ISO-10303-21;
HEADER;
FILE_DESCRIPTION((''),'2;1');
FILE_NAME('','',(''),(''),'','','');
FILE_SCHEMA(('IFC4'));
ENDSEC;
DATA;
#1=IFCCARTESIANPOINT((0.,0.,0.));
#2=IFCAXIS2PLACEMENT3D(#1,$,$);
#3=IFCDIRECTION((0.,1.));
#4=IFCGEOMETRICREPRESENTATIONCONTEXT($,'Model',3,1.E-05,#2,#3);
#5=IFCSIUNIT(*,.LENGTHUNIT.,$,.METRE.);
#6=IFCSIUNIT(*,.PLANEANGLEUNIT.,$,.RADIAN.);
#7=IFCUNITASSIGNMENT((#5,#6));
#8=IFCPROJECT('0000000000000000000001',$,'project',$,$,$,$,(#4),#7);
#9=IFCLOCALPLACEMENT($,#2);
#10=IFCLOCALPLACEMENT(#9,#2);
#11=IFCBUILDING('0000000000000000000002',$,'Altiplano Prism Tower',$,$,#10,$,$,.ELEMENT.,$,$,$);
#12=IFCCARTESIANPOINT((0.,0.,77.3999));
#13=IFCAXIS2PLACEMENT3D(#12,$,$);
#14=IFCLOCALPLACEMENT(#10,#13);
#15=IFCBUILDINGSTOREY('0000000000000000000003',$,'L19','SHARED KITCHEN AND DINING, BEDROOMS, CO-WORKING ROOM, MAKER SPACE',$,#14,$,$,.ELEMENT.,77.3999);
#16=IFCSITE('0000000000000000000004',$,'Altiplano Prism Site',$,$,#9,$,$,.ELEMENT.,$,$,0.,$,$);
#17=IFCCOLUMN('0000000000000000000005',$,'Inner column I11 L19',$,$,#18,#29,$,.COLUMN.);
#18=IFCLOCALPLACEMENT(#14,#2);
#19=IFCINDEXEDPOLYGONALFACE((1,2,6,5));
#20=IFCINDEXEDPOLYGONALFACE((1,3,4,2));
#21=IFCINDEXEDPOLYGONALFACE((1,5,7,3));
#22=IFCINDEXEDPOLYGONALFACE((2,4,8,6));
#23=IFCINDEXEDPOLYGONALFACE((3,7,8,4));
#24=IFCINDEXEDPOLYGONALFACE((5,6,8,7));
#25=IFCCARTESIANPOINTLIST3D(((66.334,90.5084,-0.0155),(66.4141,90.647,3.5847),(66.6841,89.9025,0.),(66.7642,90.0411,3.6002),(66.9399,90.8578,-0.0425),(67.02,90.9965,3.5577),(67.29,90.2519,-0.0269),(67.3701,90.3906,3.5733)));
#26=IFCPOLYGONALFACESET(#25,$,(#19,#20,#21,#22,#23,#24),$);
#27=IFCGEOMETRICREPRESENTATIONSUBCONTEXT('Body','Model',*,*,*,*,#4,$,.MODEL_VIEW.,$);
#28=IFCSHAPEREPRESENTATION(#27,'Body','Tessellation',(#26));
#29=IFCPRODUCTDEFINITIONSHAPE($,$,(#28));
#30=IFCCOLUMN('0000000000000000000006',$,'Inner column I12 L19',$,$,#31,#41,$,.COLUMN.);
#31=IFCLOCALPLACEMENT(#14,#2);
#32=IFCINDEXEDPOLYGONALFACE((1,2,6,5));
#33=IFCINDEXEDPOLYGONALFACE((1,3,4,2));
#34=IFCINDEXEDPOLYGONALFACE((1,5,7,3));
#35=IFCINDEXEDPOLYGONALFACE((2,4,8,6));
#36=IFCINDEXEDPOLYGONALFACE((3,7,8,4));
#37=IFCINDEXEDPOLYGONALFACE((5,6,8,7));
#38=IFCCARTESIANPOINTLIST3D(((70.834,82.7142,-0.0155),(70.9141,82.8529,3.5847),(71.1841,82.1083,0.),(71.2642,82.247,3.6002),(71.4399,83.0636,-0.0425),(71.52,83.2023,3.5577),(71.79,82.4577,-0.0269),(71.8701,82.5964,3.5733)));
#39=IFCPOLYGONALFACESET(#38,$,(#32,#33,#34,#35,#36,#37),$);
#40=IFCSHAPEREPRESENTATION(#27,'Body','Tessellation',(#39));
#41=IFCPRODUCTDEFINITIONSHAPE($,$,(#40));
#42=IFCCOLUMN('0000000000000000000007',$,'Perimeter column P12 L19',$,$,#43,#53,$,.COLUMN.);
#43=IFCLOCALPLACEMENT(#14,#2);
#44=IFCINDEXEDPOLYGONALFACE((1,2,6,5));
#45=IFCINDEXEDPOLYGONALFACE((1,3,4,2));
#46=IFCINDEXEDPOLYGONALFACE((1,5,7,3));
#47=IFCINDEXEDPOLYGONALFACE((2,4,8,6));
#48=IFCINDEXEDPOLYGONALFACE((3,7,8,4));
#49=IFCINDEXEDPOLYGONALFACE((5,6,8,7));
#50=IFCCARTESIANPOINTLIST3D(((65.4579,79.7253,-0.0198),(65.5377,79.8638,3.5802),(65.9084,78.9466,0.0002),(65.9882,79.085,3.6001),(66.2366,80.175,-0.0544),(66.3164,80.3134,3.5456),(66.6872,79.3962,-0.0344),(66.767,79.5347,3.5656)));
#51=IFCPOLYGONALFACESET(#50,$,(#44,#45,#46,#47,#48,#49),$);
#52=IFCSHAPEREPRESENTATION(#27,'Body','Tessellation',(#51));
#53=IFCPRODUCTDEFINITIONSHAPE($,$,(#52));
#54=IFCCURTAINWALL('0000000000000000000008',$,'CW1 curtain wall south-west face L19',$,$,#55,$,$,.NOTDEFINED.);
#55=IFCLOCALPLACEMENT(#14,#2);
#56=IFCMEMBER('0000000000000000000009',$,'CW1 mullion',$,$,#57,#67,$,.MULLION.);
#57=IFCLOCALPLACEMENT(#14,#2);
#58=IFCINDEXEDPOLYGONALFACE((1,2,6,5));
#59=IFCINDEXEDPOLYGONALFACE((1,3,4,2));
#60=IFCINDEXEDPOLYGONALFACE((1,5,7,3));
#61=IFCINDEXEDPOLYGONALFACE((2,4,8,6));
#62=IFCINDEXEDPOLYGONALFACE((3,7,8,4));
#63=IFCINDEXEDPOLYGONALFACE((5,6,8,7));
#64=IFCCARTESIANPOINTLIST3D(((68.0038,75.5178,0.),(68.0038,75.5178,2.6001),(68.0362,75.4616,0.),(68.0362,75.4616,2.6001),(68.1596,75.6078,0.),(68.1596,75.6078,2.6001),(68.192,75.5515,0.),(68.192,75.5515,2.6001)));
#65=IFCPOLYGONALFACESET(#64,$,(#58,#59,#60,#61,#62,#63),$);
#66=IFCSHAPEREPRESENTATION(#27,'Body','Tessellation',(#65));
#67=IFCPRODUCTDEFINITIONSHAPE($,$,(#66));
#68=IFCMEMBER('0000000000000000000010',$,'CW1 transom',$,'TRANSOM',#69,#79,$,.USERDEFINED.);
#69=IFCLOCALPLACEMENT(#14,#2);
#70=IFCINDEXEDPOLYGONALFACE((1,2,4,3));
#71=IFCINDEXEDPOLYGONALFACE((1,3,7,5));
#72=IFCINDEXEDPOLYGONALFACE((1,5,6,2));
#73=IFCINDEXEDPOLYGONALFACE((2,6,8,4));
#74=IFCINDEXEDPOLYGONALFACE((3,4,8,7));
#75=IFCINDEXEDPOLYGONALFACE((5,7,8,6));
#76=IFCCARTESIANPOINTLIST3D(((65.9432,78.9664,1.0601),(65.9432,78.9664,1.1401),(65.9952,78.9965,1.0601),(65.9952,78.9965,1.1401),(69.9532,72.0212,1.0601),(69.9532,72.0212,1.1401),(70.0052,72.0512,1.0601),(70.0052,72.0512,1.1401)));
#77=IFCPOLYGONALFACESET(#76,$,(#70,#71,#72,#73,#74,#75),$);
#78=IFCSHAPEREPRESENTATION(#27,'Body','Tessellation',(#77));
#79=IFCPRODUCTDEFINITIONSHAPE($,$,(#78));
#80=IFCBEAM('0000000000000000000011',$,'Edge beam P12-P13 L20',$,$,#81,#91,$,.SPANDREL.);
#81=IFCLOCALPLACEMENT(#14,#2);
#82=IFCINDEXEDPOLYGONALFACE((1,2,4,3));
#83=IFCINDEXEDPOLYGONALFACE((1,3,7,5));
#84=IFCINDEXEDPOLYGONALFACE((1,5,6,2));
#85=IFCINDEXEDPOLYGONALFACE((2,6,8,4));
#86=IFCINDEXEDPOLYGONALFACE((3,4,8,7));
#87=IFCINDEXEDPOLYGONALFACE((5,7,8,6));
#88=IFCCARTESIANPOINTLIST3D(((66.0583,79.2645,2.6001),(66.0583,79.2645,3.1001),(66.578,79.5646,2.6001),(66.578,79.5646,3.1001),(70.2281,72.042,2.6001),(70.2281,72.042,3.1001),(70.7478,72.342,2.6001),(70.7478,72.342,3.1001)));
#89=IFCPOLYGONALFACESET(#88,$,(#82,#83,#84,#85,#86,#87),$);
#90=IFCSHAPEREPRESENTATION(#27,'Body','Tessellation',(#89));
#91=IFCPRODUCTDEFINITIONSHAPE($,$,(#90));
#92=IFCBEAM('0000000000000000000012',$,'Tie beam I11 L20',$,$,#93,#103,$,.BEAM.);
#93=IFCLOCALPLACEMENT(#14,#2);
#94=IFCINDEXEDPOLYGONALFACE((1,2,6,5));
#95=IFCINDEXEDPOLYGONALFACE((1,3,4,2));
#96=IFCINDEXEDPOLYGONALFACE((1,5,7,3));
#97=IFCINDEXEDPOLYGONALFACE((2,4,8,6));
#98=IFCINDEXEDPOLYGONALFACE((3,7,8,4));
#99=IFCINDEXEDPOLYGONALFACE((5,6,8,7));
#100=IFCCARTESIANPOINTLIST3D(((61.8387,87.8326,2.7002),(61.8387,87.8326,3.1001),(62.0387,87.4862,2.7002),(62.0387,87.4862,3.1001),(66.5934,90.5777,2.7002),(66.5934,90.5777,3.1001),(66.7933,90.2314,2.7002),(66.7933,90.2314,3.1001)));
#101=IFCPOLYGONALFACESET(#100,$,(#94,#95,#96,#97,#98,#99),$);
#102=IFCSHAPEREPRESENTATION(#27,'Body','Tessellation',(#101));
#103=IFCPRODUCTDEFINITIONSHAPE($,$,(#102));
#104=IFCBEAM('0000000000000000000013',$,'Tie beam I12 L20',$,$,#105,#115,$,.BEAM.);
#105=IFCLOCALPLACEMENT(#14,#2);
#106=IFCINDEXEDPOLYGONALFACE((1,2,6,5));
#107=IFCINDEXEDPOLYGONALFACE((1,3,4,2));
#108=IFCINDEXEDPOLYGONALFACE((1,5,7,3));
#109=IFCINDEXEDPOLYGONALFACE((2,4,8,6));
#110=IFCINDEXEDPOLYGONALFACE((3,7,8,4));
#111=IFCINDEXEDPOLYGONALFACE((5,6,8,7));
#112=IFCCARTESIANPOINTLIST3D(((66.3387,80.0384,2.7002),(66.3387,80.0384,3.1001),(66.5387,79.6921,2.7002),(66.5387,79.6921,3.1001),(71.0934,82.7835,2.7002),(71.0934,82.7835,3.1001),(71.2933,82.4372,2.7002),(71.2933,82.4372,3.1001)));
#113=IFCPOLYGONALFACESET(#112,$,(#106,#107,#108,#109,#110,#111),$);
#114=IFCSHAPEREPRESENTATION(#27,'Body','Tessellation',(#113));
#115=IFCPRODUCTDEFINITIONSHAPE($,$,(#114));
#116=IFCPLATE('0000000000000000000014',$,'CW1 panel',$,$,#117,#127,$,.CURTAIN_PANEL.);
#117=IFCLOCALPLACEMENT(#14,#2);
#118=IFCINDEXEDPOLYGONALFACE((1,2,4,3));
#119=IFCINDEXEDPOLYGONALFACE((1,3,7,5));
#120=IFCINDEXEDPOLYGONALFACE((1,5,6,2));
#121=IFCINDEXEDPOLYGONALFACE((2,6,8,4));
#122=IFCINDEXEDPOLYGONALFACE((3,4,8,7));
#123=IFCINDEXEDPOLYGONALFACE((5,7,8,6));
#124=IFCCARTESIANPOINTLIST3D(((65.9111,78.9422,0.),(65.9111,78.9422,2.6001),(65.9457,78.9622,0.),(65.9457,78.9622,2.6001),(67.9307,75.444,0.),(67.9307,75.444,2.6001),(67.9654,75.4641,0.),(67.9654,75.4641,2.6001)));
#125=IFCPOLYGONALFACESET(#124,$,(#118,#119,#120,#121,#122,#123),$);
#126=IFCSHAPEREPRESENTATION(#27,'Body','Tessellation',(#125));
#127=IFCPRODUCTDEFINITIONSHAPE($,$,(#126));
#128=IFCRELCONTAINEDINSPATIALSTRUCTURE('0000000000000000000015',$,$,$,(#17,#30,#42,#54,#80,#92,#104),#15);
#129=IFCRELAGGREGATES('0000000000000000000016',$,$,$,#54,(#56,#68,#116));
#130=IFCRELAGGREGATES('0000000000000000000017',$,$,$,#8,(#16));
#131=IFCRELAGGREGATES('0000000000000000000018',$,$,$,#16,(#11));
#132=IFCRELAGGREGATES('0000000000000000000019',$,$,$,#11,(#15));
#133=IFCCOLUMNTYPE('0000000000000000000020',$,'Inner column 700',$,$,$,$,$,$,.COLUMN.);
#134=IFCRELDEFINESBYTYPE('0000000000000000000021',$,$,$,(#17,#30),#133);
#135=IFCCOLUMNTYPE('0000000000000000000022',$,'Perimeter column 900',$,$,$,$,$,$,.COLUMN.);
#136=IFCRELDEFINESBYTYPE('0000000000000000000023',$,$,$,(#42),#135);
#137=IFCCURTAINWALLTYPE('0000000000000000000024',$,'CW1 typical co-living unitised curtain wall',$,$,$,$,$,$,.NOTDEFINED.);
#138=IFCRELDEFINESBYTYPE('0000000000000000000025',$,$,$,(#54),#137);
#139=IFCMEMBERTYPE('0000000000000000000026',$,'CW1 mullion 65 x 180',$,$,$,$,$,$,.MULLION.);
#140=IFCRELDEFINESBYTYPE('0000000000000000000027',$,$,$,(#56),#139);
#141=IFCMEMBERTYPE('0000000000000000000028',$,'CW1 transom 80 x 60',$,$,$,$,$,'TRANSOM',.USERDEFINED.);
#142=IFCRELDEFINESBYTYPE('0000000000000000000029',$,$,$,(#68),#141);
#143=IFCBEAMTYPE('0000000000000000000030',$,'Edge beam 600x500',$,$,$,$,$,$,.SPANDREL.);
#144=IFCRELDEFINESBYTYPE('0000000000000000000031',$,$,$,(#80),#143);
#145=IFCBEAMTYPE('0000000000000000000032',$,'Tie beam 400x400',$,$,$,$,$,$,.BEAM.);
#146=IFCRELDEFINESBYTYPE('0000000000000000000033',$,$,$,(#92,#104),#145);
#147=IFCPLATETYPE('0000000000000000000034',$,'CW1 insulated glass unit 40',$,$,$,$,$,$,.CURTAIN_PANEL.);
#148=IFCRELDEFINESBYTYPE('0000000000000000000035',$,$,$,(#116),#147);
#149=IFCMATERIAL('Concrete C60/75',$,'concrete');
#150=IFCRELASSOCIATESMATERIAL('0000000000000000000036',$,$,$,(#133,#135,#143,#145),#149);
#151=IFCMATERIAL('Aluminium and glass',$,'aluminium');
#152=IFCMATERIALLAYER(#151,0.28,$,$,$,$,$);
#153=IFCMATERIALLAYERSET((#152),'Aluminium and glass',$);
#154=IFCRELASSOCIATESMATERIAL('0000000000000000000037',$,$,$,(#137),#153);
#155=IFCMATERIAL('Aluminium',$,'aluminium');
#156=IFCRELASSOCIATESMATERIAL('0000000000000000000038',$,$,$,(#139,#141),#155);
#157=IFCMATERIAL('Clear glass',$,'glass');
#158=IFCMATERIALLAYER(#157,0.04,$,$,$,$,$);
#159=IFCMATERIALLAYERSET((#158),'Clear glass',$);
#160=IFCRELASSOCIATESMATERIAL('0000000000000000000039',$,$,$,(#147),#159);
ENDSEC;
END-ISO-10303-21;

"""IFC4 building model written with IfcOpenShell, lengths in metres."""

from ifc_helpers import new_model, si_unit, direction, frame, origin, origin_2d, place, context, subcontext, project, spatial, rectangle, extrude, material, layer, layer_set, material_profile, profile_set, type_object, element, aggregate, save


model = new_model("IFC4")

# Units and contexts
model_context = context("Model", 3, precision=1e-05, world=origin(), true_north=direction((0.0, 1.0)))
body_context = subcontext(model_context, "Body", "Model", "MODEL_VIEW")
ifc_project = project(units=[si_unit("LENGTHUNIT", "METRE"), si_unit("PLANEANGLEUNIT", "RADIAN")], contexts=[model_context])

# Site, building, storey
site_placement = place(None, origin())
site = spatial("IfcSite", under=ifc_project, at=site_placement, Name="Altiplano Prism Site", CompositionType="ELEMENT", RefElevation=0.0)
building_placement = place(site_placement, origin())
building = spatial("IfcBuilding", under=site, at=building_placement, Name="Altiplano Prism Tower", CompositionType="ELEMENT")
storey_placement = place(building_placement, frame((0.0, 0.0, 77.3999)))
storey = spatial("IfcBuildingStorey", under=building, at=storey_placement, Name="L19", Description="SHARED KITCHEN AND DINING, BEDROOMS, CO-WORKING ROOM, MAKER SPACE", CompositionType="ELEMENT", Elevation=77.3999)

# Columns
ifc_material_1 = material(Name="Concrete C60/75", Category="concrete")
ifc_material_profile_1 = material_profile(ifc_material_1, rectangle(XDim=0.7, YDim=0.7, at=origin_2d()), Name="Inner column 700")
ifc_profile_set_1 = profile_set([ifc_material_profile_1], Name="Concrete C60/75")
column_type_1 = type_object("IfcColumnType", Name="Inner column 700", PredefinedType="COLUMN", material=ifc_profile_set_1)
for number, where, z_axis, x_axis, name in (
    (1, (66.812, 90.3801, -0.0212), (0.022221, 0.038481, 0.999012), (-0.865637, -0.499191, 0.038483), "Inner column I11 L19"),
    (2, (71.312, 82.5859, -0.0212), (0.022221, 0.038481, 0.999012), (-0.865639, -0.499187, 0.038483), "Inner column I12 L19"),
):
    element("IfcColumn", number, at=place(storey_placement, frame(where, z_axis=z_axis, x_axis=x_axis)), inside=storey, type_object=column_type_1, Name=name, PredefinedType="COLUMN", context=body_context, shape_type="SweptSolid", body=[
        extrude(rectangle(XDim=0.7, YDim=0.7, at=origin_2d()), origin(), (0.0, 0.0, 1.0), 3.6038),
    ])
ifc_material_profile_2 = material_profile(ifc_material_1, rectangle(XDim=0.8999, YDim=0.8999, at=origin_2d()), Name="Perimeter column 900")
ifc_profile_set_2 = profile_set([ifc_material_profile_2], Name="Concrete C60/75")
column_type_2 = type_object("IfcColumnType", Name="Perimeter column 900", PredefinedType="COLUMN", material=ifc_profile_set_2)
column_placement = place(storey_placement, frame((66.0725, 79.5608, -0.0271), z_axis=(0.022155, 0.038416, 0.999016), x_axis=(-0.865362, -0.499674, 0.038405)))
element("IfcColumn", 3, at=column_placement, inside=storey, type_object=column_type_2, Name="Perimeter column P12 L19", PredefinedType="COLUMN", context=body_context, shape_type="SweptSolid", body=[
    extrude(rectangle(XDim=0.8999, YDim=0.8999, at=origin_2d()), origin(), (0.0, 0.0, 1.0), 3.6035),
])

# Curtain wall, members
ifc_material_2 = material(Name="Aluminium and glass", Category="aluminium")
ifc_layer_1 = layer(ifc_material_2, 0.28)
ifc_layer_set_1 = layer_set([ifc_layer_1], Name="Aluminium and glass")
curtain_wall_type = type_object("IfcCurtainWallType", Name="CW1 typical co-living unitised curtain wall", PredefinedType="NOTDEFINED", material=ifc_layer_set_1)
curtain_wall_placement = place(storey_placement, origin())
curtain_wall = element("IfcCurtainWall", 4, at=curtain_wall_placement, inside=storey, type_object=curtain_wall_type, Name="CW1 curtain wall south-west face L19", PredefinedType="NOTDEFINED")
ifc_material_3 = material(Name="Aluminium", Category="aluminium")
ifc_material_profile_3 = material_profile(ifc_material_3, rectangle(XDim=0.1799, YDim=0.0649, at=origin_2d()), Name="CW1 mullion 65 x 180")
ifc_profile_set_3 = profile_set([ifc_material_profile_3], Name="Aluminium")
member_type_1 = type_object("IfcMemberType", Name="CW1 mullion 65 x 180", PredefinedType="MULLION", material=ifc_profile_set_3)
member_1_placement = place(storey_placement, frame((68.0979, 75.5347, 0.0), z_axis=(0.0, 0.0, 1.0), x_axis=(0.866025, 0.5, 0.0)))
member_1 = element("IfcMember", 5, at=member_1_placement, type_object=member_type_1, Name="CW1 mullion", PredefinedType="MULLION", context=body_context, shape_type="SweptSolid", body=[
    extrude(rectangle(XDim=0.1799, YDim=0.0649, at=origin_2d()), origin(), (0.0, 0.0, 1.0), 2.6001),
])
ifc_material_profile_4 = material_profile(ifc_material_3, rectangle(XDim=0.0601, YDim=0.0801, at=origin_2d()), Name="CW1 transom 80 x 60")
ifc_profile_set_4 = profile_set([ifc_material_profile_4], Name="Aluminium")
member_type_2 = type_object("IfcMemberType", Name="CW1 transom 80 x 60", ElementType="TRANSOM", PredefinedType="USERDEFINED", material=ifc_profile_set_4)
member_2_placement = place(storey_placement, frame((65.9692, 78.9814, 1.1001), z_axis=(0.500012, -0.866018, 0.0), x_axis=(0.866018, 0.500012, 0.0)))
member_2 = element("IfcMember", 6, at=member_2_placement, type_object=member_type_2, Name="CW1 transom", ObjectType="TRANSOM", PredefinedType="USERDEFINED", context=body_context, shape_type="SweptSolid", body=[
    extrude(rectangle(XDim=0.0601, YDim=0.0801, at=origin_2d()), origin(), (0.0, 0.0, 1.0), 8.0198),
])

# Beams
ifc_material_profile_5 = material_profile(ifc_material_1, rectangle(XDim=0.6001, YDim=0.5, at=origin_2d()), Name="Edge beam 600x500")
ifc_profile_set_5 = profile_set([ifc_material_profile_5], Name="Concrete C60/75")
beam_type_1 = type_object("IfcBeamType", Name="Edge beam 600x500", PredefinedType="SPANDREL", material=ifc_profile_set_5)
beam_placement = place(storey_placement, frame((66.3181, 79.4146, 2.8501), z_axis=(0.499993, -0.86603, 0.0), x_axis=(0.86603, 0.499993, 0.0)))
element("IfcBeam", 7, at=beam_placement, inside=storey, type_object=beam_type_1, Name="Edge beam P12-P13 L20", PredefinedType="SPANDREL", context=body_context, shape_type="SweptSolid", body=[
    extrude(rectangle(XDim=0.6001, YDim=0.5, at=origin_2d()), origin(), (0.0, 0.0, 1.0), 8.3398),
])
ifc_material_profile_6 = material_profile(ifc_material_1, rectangle(XDim=0.3999, YDim=0.3999, at=origin_2d()), Name="Tie beam 400x400")
ifc_profile_set_6 = profile_set([ifc_material_profile_6], Name="Concrete C60/75")
beam_type_2 = type_object("IfcBeamType", Name="Tie beam 400x400", PredefinedType="BEAM", material=ifc_profile_set_6)
for number, where, z_axis, x_axis, name in (
    (8, (66.6934, 90.4045, 2.9001), (-0.866023, -0.500003, 0.0), (0.500003, -0.866023, 0.0), "Tie beam I11 L20"),
    (9, (71.1934, 82.6104, 2.9001), (-0.866023, -0.500003, 0.0), (0.500003, -0.866023, 0.0), "Tie beam I12 L20"),
):
    element("IfcBeam", number, at=place(storey_placement, frame(where, z_axis=z_axis, x_axis=x_axis)), inside=storey, type_object=beam_type_2, Name=name, PredefinedType="BEAM", context=body_context, shape_type="SweptSolid", body=[
        extrude(rectangle(XDim=0.3999, YDim=0.3999, at=origin_2d()), origin(), (0.0, 0.0, 1.0), 5.4902),
    ])

# Plate
ifc_material_4 = material(Name="Clear glass", Category="glass")
ifc_layer_2 = layer(ifc_material_4, 0.04)
ifc_layer_set_2 = layer_set([ifc_layer_2], Name="Clear glass")
plate_type = type_object("IfcPlateType", Name="CW1 insulated glass unit 40", PredefinedType="CURTAIN_PANEL", material=ifc_layer_set_2)
plate_placement = place(storey_placement, frame((66.9382, 77.2031, 0.0), z_axis=(0.0, 0.0, 1.0), x_axis=(0.5, -0.866025, 0.0)))
plate = element("IfcPlate", 10, at=plate_placement, type_object=plate_type, Name="CW1 panel", PredefinedType="CURTAIN_PANEL", context=body_context, shape_type="SweptSolid", body=[
    extrude(rectangle(XDim=4.0393, YDim=0.04, at=origin_2d()), origin(), (0.0, 0.0, 1.0), 2.6001),
])
aggregate(curtain_wall, [member_1, member_2, plate])

save(model, "model.ifc")
